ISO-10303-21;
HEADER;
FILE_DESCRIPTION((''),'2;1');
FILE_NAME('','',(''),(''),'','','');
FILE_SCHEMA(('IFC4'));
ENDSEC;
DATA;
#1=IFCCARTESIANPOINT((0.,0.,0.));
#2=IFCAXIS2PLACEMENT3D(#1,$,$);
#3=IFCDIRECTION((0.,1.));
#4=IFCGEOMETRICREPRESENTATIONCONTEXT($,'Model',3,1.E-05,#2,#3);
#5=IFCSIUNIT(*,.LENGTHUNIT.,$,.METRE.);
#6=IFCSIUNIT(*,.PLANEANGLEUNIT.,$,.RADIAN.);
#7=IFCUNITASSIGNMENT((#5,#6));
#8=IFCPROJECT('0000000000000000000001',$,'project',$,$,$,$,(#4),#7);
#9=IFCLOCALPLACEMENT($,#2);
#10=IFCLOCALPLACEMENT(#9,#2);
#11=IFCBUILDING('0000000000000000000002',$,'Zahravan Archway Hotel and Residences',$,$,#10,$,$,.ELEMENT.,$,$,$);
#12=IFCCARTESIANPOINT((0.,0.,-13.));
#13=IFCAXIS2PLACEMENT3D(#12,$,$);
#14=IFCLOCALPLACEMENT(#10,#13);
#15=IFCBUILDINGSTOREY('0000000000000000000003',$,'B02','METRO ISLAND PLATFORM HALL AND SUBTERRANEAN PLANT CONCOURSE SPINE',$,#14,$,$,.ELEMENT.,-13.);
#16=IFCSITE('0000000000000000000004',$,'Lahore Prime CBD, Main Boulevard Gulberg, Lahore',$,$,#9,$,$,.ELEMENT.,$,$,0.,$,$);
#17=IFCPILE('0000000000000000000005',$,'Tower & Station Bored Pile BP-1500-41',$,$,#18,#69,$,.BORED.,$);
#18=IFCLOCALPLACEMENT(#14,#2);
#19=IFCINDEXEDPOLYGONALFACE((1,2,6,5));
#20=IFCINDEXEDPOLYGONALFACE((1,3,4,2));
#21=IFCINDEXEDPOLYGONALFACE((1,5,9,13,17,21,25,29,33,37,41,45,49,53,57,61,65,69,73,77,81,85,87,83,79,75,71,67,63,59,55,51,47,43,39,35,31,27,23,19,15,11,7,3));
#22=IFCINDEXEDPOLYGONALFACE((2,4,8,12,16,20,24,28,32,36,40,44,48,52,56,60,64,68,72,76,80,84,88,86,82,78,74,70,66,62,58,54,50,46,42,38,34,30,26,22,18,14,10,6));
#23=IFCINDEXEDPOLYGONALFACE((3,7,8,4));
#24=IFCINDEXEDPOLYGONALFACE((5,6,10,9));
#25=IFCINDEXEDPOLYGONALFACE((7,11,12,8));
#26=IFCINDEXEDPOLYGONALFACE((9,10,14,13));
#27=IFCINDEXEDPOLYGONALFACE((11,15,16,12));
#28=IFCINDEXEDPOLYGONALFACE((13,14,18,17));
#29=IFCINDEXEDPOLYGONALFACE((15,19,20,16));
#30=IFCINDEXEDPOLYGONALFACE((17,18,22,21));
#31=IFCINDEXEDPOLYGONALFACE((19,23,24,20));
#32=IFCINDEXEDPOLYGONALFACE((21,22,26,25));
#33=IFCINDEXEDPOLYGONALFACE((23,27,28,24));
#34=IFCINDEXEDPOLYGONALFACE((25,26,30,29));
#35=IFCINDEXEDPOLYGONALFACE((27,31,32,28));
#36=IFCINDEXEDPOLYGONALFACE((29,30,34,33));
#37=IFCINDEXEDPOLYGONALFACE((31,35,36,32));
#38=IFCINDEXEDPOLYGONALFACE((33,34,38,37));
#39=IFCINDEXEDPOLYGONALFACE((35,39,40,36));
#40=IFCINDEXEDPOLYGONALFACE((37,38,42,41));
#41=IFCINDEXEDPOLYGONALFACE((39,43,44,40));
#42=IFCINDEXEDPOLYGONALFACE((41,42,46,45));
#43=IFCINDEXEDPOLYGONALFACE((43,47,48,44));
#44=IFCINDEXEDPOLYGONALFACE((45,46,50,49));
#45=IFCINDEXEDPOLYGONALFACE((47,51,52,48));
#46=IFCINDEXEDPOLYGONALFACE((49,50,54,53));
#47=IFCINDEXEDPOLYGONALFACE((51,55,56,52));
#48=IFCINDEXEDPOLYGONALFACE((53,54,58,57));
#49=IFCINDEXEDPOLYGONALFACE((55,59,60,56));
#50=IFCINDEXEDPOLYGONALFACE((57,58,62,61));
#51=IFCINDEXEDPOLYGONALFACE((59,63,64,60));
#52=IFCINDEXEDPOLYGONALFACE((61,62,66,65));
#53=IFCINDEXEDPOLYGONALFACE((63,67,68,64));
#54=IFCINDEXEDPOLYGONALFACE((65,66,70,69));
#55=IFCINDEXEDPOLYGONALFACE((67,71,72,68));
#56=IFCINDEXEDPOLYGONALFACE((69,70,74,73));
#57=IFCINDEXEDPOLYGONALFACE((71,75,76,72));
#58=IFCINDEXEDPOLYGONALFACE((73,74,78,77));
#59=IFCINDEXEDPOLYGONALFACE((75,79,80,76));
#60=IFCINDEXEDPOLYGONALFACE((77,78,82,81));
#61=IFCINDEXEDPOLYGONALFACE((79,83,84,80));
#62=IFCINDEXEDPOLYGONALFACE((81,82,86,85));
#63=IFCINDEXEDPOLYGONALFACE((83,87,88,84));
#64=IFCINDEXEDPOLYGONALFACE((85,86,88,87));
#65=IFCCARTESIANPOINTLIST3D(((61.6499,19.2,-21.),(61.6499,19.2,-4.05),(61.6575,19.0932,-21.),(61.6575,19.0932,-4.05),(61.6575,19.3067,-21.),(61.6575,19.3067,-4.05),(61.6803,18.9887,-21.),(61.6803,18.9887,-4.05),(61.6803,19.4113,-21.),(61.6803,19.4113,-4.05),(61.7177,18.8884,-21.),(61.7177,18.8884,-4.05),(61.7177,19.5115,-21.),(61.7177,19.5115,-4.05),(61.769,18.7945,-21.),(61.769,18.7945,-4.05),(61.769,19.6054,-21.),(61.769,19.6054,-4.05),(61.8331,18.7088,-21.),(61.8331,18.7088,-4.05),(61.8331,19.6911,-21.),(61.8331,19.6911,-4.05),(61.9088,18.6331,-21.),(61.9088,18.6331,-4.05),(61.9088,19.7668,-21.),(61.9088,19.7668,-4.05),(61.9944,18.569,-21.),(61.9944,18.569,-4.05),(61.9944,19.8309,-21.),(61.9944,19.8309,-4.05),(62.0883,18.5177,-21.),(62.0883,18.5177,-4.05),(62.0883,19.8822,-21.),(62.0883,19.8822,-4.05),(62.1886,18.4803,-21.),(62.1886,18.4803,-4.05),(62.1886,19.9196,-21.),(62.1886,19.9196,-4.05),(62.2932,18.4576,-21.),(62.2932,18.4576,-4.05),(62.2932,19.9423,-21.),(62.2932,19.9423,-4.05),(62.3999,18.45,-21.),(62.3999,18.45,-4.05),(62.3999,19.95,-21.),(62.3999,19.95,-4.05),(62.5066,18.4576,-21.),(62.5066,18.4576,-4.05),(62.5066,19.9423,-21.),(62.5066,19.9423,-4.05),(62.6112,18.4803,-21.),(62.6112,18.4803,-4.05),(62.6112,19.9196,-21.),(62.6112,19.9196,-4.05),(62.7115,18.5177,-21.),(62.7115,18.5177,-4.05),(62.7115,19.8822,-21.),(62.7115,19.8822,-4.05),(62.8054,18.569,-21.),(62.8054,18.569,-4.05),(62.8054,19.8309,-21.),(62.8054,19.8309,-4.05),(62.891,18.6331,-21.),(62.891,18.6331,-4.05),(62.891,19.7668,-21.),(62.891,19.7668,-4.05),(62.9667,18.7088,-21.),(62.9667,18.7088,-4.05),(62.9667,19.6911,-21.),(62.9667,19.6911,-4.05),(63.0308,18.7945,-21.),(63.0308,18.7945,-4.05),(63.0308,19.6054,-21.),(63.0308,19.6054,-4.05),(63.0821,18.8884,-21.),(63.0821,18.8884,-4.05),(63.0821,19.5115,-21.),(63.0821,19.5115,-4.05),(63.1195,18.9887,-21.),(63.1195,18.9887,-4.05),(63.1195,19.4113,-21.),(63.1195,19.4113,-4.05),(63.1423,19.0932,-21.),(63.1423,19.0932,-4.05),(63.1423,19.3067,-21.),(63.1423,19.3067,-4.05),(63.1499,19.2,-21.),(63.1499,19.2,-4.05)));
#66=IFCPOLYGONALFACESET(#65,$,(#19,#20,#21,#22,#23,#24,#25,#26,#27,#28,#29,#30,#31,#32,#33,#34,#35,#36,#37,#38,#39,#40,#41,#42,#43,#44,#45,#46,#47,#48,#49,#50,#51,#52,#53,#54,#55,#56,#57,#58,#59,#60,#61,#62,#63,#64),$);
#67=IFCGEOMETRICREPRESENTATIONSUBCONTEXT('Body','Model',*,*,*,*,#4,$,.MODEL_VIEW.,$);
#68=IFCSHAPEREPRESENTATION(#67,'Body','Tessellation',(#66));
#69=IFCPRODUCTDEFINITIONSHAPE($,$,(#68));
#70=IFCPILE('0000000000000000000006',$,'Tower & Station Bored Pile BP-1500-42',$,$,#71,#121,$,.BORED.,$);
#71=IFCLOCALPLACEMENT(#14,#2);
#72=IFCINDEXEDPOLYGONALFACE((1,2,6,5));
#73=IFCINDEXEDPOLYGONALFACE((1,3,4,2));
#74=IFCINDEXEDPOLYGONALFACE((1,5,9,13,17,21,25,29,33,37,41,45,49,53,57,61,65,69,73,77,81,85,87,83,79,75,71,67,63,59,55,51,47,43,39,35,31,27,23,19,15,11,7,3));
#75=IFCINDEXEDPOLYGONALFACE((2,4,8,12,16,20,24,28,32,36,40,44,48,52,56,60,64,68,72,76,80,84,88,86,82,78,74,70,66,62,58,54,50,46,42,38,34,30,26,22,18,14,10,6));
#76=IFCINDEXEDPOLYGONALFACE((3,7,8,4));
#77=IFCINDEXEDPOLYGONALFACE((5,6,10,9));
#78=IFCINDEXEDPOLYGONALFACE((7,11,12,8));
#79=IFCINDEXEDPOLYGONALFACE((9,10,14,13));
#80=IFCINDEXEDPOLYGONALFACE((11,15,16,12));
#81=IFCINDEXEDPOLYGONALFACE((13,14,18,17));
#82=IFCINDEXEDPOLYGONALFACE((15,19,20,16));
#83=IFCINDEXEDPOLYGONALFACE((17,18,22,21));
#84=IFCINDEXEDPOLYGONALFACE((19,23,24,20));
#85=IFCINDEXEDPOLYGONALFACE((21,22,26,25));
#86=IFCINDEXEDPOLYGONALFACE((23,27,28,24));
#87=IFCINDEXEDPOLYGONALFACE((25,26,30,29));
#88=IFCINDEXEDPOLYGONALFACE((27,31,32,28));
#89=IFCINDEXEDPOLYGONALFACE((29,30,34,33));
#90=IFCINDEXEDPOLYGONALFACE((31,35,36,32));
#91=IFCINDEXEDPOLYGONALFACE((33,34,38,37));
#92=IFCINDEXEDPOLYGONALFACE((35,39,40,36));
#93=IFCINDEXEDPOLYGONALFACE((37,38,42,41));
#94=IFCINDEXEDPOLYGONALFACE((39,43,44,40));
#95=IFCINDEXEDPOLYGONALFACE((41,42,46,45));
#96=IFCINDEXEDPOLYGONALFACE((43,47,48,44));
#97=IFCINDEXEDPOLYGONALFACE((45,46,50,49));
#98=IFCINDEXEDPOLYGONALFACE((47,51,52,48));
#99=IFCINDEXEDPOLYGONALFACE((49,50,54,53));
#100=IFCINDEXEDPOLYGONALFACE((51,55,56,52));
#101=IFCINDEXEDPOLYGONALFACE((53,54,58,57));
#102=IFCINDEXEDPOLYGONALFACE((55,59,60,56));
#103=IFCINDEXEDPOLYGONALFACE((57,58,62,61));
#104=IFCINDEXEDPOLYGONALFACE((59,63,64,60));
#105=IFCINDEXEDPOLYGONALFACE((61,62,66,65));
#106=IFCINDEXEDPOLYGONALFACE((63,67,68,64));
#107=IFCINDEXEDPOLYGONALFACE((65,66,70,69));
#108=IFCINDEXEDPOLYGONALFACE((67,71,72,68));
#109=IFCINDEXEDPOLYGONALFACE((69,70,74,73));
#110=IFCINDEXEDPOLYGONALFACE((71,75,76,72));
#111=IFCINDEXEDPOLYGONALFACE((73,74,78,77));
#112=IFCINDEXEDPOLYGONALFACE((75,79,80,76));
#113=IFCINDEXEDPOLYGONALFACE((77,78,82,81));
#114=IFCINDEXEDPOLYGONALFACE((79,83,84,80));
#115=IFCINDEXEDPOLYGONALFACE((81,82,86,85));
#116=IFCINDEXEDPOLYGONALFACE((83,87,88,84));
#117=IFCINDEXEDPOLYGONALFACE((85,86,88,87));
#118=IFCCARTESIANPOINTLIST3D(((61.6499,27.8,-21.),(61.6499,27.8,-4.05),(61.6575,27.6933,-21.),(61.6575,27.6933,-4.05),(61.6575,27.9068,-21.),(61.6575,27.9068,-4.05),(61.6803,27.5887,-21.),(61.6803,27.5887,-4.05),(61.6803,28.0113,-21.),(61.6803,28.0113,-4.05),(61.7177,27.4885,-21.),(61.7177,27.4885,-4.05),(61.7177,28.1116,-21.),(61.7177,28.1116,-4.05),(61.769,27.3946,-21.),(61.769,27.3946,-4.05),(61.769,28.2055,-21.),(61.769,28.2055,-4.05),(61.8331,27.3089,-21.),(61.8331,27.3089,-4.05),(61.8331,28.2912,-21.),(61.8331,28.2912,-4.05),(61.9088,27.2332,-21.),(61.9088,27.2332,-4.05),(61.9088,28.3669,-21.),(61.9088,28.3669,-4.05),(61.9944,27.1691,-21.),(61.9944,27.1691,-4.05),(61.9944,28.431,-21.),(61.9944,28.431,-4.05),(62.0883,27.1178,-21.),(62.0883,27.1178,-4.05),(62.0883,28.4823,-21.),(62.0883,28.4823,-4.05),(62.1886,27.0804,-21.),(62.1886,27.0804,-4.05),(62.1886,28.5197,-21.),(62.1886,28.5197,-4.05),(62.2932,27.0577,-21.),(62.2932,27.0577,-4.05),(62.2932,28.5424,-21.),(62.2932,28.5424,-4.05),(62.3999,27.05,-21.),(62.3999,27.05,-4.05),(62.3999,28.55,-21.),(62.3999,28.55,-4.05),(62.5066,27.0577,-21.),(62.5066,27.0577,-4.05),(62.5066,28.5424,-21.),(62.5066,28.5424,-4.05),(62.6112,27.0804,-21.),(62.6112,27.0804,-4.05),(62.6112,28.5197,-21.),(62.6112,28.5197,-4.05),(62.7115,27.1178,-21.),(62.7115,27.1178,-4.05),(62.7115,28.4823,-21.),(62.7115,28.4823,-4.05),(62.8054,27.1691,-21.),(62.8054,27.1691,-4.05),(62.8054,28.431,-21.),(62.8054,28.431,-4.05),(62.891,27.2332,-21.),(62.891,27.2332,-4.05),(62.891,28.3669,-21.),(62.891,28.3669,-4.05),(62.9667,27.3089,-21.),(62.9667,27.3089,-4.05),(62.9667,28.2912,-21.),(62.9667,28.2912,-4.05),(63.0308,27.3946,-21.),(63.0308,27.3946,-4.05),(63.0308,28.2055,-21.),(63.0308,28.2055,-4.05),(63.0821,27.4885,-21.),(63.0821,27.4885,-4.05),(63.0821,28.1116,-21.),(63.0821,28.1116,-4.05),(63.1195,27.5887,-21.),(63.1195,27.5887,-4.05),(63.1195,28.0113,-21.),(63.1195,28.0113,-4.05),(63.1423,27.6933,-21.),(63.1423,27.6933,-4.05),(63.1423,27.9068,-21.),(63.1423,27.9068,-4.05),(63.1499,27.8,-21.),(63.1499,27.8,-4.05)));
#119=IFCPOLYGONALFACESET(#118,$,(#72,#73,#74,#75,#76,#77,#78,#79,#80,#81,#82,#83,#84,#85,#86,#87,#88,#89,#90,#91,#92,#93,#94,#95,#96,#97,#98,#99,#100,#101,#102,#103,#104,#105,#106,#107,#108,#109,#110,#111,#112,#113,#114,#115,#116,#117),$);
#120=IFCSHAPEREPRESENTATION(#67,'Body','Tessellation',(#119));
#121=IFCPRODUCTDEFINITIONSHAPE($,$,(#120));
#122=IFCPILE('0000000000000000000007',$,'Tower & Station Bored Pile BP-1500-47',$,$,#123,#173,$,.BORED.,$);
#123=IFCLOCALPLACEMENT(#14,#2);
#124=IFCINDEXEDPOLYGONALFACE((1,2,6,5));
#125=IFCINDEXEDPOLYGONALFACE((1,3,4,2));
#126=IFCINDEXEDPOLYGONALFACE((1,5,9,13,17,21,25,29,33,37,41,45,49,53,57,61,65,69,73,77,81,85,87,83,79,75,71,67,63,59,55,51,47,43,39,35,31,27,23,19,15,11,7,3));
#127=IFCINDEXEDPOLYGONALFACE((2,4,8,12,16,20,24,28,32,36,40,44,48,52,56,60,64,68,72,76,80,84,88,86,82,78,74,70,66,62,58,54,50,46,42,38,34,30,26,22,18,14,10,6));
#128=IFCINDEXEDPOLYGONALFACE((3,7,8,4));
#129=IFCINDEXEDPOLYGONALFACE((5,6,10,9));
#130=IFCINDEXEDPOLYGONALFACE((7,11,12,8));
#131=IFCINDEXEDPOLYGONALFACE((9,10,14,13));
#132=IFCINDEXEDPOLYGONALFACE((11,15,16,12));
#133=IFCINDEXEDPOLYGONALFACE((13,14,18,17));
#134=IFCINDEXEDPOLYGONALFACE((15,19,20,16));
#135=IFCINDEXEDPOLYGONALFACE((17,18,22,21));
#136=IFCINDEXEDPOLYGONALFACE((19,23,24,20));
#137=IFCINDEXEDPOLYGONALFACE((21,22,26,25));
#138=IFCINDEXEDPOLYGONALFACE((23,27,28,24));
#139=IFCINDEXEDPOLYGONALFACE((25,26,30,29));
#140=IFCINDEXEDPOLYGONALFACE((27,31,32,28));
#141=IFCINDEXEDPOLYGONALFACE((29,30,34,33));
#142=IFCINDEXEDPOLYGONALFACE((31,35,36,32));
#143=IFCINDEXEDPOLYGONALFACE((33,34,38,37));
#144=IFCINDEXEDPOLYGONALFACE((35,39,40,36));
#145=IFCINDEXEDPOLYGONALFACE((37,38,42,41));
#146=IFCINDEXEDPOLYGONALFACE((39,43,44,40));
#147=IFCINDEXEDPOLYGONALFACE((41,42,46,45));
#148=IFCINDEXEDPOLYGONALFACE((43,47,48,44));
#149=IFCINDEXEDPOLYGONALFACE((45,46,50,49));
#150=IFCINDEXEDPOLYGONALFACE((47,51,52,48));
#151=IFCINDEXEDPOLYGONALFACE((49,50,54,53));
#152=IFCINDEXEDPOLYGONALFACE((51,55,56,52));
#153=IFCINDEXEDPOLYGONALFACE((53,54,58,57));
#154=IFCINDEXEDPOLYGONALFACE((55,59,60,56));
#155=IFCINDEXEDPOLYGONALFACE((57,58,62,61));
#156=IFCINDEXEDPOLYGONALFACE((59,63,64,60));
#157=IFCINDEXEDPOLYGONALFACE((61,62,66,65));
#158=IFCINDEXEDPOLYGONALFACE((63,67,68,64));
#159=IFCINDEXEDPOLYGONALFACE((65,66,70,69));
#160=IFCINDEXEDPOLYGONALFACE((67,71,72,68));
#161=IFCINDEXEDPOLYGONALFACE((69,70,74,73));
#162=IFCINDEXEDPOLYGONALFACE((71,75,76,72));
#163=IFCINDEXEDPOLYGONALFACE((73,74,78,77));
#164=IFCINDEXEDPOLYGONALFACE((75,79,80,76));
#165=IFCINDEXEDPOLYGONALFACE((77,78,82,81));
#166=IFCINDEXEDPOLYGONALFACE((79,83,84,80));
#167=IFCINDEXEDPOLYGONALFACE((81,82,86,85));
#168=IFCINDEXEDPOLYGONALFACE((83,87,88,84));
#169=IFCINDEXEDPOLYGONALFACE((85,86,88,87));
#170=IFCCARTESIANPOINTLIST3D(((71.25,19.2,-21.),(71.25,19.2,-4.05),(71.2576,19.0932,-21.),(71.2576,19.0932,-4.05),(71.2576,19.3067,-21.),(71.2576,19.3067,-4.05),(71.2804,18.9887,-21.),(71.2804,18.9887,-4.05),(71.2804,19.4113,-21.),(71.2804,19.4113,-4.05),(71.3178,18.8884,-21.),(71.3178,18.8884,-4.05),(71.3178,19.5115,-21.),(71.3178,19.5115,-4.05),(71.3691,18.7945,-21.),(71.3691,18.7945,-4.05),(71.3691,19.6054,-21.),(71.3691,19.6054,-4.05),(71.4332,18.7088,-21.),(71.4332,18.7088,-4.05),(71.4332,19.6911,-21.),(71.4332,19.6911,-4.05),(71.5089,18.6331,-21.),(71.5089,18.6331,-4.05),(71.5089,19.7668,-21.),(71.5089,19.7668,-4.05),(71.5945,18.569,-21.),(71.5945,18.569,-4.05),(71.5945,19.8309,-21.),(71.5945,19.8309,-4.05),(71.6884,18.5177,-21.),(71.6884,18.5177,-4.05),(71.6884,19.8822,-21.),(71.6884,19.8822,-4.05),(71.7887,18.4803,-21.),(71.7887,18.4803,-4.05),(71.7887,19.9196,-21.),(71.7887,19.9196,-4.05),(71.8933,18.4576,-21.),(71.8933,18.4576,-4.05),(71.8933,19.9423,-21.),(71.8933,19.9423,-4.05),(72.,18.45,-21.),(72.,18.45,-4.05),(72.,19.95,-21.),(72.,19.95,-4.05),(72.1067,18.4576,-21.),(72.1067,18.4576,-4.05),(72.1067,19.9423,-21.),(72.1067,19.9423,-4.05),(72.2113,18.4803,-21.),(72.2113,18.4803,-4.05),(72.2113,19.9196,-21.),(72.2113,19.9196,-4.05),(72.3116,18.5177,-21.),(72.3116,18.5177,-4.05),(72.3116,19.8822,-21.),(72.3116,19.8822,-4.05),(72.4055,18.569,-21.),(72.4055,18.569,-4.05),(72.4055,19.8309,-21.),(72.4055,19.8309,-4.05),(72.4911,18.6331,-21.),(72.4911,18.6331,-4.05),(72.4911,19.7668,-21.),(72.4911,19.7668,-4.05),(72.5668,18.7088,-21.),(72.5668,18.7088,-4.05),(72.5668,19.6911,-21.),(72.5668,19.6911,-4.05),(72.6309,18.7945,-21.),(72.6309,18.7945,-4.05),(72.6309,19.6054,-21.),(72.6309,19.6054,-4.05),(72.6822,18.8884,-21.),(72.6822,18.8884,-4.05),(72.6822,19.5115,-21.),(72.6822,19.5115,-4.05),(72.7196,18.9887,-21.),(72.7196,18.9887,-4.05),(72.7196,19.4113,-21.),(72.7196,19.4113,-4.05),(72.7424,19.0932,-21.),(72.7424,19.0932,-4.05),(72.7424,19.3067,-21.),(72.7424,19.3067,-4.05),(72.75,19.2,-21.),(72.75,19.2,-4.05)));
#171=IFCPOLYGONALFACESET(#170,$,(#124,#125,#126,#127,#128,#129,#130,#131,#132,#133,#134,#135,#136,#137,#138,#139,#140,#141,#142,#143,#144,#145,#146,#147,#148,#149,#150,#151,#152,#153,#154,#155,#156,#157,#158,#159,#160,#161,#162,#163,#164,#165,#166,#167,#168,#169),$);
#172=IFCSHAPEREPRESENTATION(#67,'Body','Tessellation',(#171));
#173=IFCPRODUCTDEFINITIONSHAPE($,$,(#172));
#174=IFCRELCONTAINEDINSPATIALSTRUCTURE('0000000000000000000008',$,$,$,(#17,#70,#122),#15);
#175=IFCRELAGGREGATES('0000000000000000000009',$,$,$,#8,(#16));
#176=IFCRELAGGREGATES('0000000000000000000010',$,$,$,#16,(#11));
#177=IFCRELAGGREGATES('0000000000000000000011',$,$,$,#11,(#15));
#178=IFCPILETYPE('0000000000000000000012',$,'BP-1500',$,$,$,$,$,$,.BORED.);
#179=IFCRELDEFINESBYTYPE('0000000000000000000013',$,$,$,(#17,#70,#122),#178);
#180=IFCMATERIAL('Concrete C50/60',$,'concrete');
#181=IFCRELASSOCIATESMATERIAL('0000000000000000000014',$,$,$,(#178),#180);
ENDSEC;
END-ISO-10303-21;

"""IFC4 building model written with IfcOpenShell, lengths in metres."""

from ifc_helpers import new_model, si_unit, direction, frame, origin, origin_2d, place, context, subcontext, project, spatial, circle, extrude, source, transform, mapped, material, material_profile, profile_set, type_object, type_shapes, element, save


model = new_model("IFC4")

# Units and contexts
model_context = context("Model", 3, precision=1e-05, world=origin(), true_north=direction((0.0, 1.0)))
body_context = subcontext(model_context, "Body", "Model", "MODEL_VIEW")
ifc_project = project(units=[si_unit("LENGTHUNIT", "METRE"), si_unit("PLANEANGLEUNIT", "RADIAN")], contexts=[model_context])

# Site, building, storey
site_placement = place(None, origin())
site = spatial("IfcSite", under=ifc_project, at=site_placement, Name="Lahore Prime CBD, Main Boulevard Gulberg, Lahore", CompositionType="ELEMENT", RefElevation=0.0)
building_placement = place(site_placement, origin())
building = spatial("IfcBuilding", under=site, at=building_placement, Name="Zahravan Archway Hotel and Residences", CompositionType="ELEMENT")
storey_placement = place(building_placement, frame((0.0, 0.0, -13.0)))
storey = spatial("IfcBuildingStorey", under=building, at=storey_placement, Name="B02", Description="METRO ISLAND PLATFORM HALL AND SUBTERRANEAN PLANT CONCOURSE SPINE", CompositionType="ELEMENT", Elevation=-13.0)

# Piles
ifc_material_1 = material(Name="Concrete C50/60", Category="concrete")
ifc_material_profile_1 = material_profile(ifc_material_1, circle(Radius=0.75, at=origin_2d()), Name="PILE D1500", Category="concrete")
ifc_profile_set_1 = profile_set([ifc_material_profile_1], Name="Concrete C50/60")
pile_type = type_object("IfcPileType", Name="BP-1500", PredefinedType="BORED", material=ifc_profile_set_1)
shared_shape_1 = source(origin(), body_context, "Body", "SweptSolid", [
    extrude(circle(Radius=0.75, at=origin_2d()), origin(), (0.0, 0.0, 1.0), 16.95),
])
type_shapes(pile_type, [shared_shape_1])
for number, where, z_axis, x_axis, name in (
    (1, (62.3999, 19.2, -4.05), (0.0, 0.0, -1.0), (1.0, 0.0, 0.0), "Tower & Station Bored Pile BP-1500-41"),
    (2, (62.3999, 27.8, -4.05), (0.0, 0.0, -1.0), (1.0, 0.0, 0.0), "Tower & Station Bored Pile BP-1500-42"),
    (3, (72.0, 19.2, -4.05), (0.0, 0.0, -1.0), (1.0, 0.0, 0.0), "Tower & Station Bored Pile BP-1500-47"),
):
    element("IfcPile", number, at=place(storey_placement, frame(where, z_axis=z_axis, x_axis=x_axis)), inside=storey, type_object=pile_type, Name=name, PredefinedType="BORED", context=body_context, shape_type="MappedRepresentation", body=[
        mapped(shared_shape_1, transform((0.0, 0.0, 0.0), scale=1.0)),
    ])

save(model, "model.ifc")
